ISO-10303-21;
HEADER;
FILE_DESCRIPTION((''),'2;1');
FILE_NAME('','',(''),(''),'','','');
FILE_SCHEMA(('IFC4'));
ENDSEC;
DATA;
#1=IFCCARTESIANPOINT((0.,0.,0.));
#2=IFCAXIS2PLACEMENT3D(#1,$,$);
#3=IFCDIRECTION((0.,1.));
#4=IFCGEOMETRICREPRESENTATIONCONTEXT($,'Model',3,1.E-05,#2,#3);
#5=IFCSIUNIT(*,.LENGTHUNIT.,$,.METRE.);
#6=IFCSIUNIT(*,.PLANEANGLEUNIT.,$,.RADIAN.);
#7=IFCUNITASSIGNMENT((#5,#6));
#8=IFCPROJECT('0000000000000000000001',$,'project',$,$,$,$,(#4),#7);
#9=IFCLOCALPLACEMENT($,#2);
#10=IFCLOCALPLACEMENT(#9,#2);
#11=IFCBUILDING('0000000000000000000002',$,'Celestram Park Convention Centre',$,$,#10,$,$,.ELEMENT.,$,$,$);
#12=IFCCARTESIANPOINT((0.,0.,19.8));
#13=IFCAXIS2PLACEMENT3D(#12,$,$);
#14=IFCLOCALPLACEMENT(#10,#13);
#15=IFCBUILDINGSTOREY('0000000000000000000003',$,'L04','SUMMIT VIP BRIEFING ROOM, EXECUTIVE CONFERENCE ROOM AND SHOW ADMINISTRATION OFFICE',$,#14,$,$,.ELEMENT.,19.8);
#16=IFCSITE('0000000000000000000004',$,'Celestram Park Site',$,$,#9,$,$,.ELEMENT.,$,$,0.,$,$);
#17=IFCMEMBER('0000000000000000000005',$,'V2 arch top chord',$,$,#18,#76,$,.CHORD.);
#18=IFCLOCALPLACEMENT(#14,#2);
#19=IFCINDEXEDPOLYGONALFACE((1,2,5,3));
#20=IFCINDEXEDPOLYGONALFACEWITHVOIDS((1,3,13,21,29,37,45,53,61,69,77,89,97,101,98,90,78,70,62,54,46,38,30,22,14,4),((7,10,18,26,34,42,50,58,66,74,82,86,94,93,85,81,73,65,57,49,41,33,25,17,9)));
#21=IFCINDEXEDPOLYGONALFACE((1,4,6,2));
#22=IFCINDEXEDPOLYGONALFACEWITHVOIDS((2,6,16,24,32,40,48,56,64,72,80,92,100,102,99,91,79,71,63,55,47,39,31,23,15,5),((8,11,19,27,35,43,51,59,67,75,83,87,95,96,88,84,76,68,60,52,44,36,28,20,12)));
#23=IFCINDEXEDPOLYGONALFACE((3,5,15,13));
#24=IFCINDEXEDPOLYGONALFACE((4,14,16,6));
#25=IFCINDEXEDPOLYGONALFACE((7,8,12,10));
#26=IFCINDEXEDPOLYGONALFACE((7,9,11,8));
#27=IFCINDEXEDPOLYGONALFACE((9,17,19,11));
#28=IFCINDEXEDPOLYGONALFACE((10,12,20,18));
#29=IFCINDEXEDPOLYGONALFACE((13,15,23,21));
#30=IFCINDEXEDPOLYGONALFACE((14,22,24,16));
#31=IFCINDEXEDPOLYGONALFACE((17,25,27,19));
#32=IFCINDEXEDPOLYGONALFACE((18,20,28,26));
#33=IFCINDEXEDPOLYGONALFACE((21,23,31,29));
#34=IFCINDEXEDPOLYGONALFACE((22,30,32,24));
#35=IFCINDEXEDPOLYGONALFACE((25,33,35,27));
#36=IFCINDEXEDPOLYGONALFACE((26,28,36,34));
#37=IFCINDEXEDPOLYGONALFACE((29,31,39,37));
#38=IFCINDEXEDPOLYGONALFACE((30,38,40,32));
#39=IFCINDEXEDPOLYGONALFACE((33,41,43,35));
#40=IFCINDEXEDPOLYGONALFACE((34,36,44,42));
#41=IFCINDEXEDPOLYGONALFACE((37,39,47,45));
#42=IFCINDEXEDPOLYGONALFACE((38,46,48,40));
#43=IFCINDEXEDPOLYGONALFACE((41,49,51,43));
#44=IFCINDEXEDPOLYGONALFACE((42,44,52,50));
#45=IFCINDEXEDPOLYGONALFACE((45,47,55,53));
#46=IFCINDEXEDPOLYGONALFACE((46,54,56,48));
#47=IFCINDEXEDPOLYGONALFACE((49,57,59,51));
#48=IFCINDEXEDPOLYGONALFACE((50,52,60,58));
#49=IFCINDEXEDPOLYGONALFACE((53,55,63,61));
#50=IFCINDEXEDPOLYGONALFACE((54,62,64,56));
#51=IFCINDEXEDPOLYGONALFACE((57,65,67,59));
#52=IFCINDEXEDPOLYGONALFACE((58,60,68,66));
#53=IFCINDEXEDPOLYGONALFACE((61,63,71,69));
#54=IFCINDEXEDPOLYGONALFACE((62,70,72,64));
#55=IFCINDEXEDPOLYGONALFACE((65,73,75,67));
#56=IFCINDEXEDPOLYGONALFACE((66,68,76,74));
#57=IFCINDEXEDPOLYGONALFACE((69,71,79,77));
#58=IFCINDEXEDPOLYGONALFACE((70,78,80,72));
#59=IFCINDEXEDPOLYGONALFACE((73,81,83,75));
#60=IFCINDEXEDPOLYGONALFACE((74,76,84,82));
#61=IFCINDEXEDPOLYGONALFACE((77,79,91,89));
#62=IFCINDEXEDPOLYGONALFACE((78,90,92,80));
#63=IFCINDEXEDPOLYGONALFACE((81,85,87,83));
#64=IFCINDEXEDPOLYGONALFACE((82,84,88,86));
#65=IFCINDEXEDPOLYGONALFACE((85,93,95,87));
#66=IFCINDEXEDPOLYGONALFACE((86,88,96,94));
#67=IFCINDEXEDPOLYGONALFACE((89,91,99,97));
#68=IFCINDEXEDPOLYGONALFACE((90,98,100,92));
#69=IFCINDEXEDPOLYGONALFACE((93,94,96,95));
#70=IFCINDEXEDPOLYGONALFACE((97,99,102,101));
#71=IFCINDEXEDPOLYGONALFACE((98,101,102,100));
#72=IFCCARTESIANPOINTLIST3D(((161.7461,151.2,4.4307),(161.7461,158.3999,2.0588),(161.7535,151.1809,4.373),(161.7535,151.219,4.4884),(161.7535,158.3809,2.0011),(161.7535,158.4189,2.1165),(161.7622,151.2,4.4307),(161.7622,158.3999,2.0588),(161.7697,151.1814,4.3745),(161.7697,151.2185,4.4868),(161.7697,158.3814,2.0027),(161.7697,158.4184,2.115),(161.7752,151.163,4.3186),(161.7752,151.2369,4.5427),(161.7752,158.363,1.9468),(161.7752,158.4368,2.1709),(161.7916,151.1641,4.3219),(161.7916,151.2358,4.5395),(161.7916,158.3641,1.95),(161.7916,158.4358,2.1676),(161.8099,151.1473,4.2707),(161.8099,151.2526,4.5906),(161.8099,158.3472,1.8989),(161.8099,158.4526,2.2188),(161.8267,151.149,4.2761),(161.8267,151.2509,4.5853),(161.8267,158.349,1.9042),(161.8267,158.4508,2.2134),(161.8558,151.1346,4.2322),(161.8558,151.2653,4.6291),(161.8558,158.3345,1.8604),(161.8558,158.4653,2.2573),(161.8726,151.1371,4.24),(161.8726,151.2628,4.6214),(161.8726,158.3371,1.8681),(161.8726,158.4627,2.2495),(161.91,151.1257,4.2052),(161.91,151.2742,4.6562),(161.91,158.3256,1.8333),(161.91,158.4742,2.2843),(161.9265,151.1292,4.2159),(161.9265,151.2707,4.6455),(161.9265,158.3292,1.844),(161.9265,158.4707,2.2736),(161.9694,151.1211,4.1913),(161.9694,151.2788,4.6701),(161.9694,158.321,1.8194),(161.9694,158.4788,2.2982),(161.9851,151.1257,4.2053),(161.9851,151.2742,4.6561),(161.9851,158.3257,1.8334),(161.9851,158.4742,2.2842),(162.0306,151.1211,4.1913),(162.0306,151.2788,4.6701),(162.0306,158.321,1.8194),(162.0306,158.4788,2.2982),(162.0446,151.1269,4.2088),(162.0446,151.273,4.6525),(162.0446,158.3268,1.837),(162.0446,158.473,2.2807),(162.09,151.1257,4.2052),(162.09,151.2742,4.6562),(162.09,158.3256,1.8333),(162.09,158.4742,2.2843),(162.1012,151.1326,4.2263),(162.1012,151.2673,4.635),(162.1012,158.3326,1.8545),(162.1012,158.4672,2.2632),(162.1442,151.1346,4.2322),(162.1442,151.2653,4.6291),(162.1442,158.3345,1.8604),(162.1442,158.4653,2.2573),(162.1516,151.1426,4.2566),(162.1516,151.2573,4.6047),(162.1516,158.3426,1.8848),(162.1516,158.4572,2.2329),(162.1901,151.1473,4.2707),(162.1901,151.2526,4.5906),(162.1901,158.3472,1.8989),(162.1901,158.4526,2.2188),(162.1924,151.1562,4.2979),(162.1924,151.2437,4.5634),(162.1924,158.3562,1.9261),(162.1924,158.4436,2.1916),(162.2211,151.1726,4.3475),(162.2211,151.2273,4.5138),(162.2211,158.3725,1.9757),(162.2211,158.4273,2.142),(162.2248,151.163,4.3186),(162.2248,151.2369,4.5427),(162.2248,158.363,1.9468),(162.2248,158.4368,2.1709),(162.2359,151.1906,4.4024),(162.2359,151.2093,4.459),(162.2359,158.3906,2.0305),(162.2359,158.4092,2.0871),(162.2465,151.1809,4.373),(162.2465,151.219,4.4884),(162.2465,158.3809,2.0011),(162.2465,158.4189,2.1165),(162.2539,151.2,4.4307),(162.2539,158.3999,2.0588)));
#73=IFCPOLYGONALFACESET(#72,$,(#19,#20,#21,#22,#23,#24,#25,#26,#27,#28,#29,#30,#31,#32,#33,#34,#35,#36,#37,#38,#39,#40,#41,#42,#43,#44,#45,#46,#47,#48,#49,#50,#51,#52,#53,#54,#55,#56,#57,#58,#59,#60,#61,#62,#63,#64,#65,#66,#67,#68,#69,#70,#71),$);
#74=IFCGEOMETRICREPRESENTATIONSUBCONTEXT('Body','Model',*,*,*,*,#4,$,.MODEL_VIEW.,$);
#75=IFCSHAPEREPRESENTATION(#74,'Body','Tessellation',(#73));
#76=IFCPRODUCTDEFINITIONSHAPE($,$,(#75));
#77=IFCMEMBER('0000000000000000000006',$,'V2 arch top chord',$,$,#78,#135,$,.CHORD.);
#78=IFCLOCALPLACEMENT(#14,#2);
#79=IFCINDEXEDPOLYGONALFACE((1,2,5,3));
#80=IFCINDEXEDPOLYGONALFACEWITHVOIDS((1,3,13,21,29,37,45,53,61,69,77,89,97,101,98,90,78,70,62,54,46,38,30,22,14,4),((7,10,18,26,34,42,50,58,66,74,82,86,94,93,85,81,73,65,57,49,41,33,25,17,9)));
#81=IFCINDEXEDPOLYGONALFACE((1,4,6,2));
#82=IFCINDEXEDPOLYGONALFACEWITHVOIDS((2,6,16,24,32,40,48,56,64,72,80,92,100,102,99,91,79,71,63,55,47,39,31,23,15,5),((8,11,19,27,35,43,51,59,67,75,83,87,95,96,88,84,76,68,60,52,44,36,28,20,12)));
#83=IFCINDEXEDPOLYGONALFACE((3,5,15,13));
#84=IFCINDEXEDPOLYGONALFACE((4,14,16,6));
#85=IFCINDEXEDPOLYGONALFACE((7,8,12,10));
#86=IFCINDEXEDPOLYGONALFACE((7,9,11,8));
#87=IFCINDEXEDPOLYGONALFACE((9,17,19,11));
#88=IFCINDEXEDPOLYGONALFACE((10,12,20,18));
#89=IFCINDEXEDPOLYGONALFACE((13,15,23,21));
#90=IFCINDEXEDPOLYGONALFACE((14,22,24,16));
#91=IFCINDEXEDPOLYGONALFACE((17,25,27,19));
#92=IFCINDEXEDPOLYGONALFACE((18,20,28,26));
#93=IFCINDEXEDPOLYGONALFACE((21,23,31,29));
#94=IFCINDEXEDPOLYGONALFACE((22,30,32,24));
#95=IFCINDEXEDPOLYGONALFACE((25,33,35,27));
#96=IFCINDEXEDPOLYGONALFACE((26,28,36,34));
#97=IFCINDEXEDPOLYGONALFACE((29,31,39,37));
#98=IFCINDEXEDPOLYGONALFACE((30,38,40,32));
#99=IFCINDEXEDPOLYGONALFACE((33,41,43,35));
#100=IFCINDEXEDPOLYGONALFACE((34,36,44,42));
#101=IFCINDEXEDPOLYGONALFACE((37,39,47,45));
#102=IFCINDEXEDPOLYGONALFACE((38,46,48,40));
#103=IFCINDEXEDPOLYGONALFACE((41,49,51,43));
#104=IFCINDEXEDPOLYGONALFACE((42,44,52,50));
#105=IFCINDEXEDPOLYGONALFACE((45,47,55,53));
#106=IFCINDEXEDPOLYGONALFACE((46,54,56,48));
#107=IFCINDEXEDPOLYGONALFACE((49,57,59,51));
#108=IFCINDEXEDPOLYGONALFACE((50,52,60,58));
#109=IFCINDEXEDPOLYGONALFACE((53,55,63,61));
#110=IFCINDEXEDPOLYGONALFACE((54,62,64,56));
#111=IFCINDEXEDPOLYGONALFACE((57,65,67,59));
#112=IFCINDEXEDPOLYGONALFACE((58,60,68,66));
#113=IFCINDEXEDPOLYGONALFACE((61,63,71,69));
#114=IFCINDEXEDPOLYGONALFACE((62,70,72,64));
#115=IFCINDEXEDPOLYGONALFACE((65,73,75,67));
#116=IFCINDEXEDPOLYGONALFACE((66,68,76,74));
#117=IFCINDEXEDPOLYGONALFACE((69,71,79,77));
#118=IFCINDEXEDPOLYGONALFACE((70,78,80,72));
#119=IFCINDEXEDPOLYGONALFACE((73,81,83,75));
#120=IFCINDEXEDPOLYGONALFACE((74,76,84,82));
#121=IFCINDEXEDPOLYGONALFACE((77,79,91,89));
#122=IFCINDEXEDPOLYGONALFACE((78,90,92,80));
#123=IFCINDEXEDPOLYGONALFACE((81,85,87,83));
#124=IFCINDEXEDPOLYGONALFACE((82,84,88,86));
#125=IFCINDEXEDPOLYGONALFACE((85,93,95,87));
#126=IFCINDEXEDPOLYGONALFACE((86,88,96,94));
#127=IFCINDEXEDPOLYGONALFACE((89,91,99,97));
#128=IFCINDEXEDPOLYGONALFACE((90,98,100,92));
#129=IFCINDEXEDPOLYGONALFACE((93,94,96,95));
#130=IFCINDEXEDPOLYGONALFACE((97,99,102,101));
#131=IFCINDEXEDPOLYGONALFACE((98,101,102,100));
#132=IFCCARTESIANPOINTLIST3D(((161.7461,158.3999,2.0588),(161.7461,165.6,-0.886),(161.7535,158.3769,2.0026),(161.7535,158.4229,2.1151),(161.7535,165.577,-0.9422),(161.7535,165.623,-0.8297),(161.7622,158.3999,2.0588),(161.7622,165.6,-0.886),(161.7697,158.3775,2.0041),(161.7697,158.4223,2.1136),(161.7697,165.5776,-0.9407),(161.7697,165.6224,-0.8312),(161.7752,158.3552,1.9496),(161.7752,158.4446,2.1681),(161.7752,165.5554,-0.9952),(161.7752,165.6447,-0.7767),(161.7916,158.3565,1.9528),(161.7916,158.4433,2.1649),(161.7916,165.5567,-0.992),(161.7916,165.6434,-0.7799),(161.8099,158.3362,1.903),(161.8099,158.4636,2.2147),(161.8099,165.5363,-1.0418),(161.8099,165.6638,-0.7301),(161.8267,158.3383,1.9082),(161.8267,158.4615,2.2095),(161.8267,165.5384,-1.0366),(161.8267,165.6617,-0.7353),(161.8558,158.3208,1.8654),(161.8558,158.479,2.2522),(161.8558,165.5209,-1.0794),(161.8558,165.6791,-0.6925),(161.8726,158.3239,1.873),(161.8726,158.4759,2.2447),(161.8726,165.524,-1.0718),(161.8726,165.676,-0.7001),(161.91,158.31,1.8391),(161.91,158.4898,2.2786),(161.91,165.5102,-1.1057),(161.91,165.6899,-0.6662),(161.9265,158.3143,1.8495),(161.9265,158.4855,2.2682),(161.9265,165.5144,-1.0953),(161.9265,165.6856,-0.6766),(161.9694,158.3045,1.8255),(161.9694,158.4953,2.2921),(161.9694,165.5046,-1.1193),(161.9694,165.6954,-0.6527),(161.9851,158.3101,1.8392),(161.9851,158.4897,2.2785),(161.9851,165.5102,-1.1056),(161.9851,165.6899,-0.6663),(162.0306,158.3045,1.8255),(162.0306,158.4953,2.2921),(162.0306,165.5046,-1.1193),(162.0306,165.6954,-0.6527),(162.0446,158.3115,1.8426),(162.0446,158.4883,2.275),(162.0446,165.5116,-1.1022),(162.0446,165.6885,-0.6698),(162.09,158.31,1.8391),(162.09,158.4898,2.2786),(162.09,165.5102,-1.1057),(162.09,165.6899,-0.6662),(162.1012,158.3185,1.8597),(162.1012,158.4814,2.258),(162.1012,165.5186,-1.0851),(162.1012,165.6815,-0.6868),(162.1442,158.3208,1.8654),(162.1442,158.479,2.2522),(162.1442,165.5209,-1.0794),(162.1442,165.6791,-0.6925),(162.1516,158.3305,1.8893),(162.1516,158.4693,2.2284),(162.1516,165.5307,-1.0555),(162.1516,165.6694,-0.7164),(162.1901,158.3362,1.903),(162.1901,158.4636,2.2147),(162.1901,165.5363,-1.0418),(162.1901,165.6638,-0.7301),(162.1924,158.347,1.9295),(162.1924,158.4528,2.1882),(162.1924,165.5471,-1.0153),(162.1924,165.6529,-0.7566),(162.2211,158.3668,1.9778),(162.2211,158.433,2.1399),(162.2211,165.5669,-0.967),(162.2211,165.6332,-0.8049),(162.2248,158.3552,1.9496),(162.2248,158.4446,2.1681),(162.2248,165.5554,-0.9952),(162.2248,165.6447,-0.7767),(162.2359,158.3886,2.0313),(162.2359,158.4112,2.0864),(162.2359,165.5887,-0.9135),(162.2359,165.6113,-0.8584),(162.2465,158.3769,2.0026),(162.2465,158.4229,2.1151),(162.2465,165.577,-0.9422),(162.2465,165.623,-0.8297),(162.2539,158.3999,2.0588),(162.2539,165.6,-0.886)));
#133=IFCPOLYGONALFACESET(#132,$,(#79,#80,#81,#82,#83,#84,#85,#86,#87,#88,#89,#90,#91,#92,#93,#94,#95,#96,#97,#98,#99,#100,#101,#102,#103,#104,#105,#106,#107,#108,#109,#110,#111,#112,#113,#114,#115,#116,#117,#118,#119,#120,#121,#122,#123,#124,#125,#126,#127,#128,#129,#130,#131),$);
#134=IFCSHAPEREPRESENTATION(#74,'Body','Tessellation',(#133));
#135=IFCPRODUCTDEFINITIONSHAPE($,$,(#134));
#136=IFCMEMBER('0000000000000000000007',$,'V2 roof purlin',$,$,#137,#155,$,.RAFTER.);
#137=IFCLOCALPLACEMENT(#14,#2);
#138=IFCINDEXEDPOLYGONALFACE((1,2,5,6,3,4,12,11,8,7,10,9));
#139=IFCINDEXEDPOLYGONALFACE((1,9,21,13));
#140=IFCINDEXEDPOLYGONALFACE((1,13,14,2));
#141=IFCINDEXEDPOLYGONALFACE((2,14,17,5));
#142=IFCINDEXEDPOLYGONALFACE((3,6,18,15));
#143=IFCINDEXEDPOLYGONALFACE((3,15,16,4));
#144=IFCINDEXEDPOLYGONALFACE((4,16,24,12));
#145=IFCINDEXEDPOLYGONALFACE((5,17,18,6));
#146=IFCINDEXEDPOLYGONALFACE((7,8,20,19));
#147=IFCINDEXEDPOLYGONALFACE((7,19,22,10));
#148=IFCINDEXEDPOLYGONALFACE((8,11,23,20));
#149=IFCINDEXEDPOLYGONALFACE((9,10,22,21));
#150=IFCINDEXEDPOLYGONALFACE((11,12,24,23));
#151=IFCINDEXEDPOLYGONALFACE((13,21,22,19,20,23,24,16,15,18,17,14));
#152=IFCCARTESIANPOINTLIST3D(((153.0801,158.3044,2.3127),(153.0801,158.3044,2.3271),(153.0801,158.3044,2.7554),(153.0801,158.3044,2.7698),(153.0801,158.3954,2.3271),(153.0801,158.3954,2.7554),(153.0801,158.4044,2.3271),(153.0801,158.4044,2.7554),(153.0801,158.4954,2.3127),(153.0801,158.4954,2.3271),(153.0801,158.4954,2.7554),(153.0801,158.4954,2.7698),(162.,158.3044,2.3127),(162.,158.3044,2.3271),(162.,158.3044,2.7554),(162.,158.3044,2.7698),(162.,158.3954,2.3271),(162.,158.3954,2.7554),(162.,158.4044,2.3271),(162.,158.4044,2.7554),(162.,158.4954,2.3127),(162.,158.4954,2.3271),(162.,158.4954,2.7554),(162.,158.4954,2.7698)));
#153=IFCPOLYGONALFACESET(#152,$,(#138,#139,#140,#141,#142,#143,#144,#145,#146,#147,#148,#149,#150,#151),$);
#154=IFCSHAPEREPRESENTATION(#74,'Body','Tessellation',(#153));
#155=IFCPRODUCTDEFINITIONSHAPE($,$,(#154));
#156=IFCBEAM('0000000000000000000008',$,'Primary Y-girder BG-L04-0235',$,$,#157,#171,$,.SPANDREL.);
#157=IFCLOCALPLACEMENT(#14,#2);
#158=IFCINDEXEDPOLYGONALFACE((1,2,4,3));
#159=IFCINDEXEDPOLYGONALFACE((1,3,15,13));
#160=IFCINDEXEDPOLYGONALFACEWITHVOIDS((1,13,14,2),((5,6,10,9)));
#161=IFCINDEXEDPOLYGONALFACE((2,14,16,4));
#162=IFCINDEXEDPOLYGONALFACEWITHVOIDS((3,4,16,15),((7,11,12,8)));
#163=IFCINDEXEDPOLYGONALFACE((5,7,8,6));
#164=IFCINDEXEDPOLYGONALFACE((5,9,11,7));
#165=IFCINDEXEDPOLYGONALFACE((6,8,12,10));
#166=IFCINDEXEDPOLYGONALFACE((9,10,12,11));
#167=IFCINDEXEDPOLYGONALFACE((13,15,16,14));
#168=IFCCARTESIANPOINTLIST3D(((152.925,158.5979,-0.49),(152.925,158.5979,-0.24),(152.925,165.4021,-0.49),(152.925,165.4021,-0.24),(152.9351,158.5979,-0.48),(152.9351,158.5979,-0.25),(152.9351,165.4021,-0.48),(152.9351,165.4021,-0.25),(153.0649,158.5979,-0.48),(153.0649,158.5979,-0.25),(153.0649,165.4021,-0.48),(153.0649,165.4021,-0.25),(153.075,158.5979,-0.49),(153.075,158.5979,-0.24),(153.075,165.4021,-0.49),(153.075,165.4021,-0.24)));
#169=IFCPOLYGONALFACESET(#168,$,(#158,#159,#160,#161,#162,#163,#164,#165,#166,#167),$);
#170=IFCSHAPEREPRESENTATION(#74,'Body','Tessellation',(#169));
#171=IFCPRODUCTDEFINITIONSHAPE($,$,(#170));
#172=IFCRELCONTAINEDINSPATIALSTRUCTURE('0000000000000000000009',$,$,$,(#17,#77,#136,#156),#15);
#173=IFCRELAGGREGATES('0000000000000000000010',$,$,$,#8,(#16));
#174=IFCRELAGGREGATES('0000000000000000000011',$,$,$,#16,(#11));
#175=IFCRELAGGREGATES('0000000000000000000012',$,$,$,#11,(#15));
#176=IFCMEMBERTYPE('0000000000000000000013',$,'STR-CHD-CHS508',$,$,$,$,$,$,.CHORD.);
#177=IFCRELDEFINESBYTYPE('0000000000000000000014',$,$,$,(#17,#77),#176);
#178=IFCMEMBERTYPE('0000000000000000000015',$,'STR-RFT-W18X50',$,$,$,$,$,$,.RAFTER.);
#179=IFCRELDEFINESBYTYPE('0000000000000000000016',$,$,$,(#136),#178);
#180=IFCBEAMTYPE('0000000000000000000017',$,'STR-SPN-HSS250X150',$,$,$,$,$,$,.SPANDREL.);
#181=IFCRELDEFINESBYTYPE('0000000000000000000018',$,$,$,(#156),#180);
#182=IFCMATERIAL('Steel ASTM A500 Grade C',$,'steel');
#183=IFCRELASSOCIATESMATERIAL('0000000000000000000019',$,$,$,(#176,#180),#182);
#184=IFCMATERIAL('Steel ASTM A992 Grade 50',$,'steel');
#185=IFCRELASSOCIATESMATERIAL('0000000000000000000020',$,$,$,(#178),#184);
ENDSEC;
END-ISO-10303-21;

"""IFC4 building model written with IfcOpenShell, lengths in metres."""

from ifc_helpers import new_model, si_unit, direction, frame, origin, origin_2d, place, context, subcontext, project, spatial, hollow_rectangle, hollow_circle, i_section, extrude, material, material_profile, profile_set, type_object, element, save


model = new_model("IFC4")

# Units and contexts
model_context = context("Model", 3, precision=1e-05, world=origin(), true_north=direction((0.0, 1.0)))
body_context = subcontext(model_context, "Body", "Model", "MODEL_VIEW")
ifc_project = project(units=[si_unit("LENGTHUNIT", "METRE"), si_unit("PLANEANGLEUNIT", "RADIAN")], contexts=[model_context])

# Site, building, storey
site_placement = place(None, origin())
site = spatial("IfcSite", under=ifc_project, at=site_placement, Name="Celestram Park Site", CompositionType="ELEMENT", RefElevation=0.0)
building_placement = place(site_placement, origin())
building = spatial("IfcBuilding", under=site, at=building_placement, Name="Celestram Park Convention Centre", CompositionType="ELEMENT")
storey_placement = place(building_placement, frame((0.0, 0.0, 19.8)))
storey = spatial("IfcBuildingStorey", under=building, at=storey_placement, Name="L04", Description="SUMMIT VIP BRIEFING ROOM, EXECUTIVE CONFERENCE ROOM AND SHOW ADMINISTRATION OFFICE", CompositionType="ELEMENT", Elevation=19.8)

# Members
ifc_material_1 = material(Name="Steel ASTM A500 Grade C", Category="steel")
ifc_material_profile_1 = material_profile(ifc_material_1, hollow_circle(Radius=0.2539, WallThickness=0.0161, at=origin_2d()), Name="CHS508X16")
ifc_profile_set_1 = profile_set([ifc_material_profile_1], Name="Steel ASTM A500 Grade C")
member_type_1 = type_object("IfcMemberType", Name="STR-CHD-CHS508", PredefinedType="CHORD", material=ifc_profile_set_1)
member_1_placement = place(storey_placement, frame((162.0, 151.2, 4.4307), z_axis=(0.0, 0.949792, -0.312883), x_axis=(-1.0, 0.0, 0.0)))
element("IfcMember", 1, at=member_1_placement, inside=storey, type_object=member_type_1, Name="V2 arch top chord", PredefinedType="CHORD", context=body_context, shape_type="SweptSolid", body=[
    extrude(hollow_circle(Radius=0.2539, WallThickness=0.0161, at=origin_2d()), origin(), (0.0, 0.0, 1.0), 7.5806),
])
member_2_placement = place(storey_placement, frame((162.0, 158.3999, 2.0588), z_axis=(0.0, 0.925579, -0.378555), x_axis=(-1.0, 0.0, 0.0)))
element("IfcMember", 2, at=member_2_placement, inside=storey, type_object=member_type_1, Name="V2 arch top chord", PredefinedType="CHORD", context=body_context, shape_type="SweptSolid", body=[
    extrude(hollow_circle(Radius=0.2539, WallThickness=0.0161, at=origin_2d()), origin(), (0.0, 0.0, 1.0), 7.7791),
])
ifc_material_2 = material(Name="Steel ASTM A992 Grade 50", Category="steel")
ifc_material_profile_2 = material_profile(ifc_material_2, i_section(OverallWidth=0.1909, OverallDepth=0.457, WebThickness=0.009, FlangeThickness=0.0144, at=origin_2d()), Name="W18X50")
ifc_profile_set_2 = profile_set([ifc_material_profile_2], Name="Steel ASTM A992 Grade 50")
member_type_2 = type_object("IfcMemberType", Name="STR-RFT-W18X50", PredefinedType="RAFTER", material=ifc_profile_set_2)
member_3_placement = place(storey_placement, frame((153.0801, 158.3999, 2.5413), z_axis=(1.0, 0.0, 0.0), x_axis=(0.0, 1.0, 0.0)))
element("IfcMember", 3, at=member_3_placement, inside=storey, type_object=member_type_2, Name="V2 roof purlin", PredefinedType="RAFTER", context=body_context, shape_type="SweptSolid", body=[
    extrude(i_section(OverallWidth=0.1909, OverallDepth=0.457, WebThickness=0.009, FlangeThickness=0.0144, at=origin_2d()), origin(), (0.0, 0.0, 1.0), 8.9199),
])

# Beam
ifc_material_profile_3 = material_profile(ifc_material_1, hollow_rectangle(XDim=0.1499, YDim=0.25, WallThickness=0.01, at=origin_2d()), Name="HSS250X150X10")
ifc_profile_set_3 = profile_set([ifc_material_profile_3], Name="Steel ASTM A500 Grade C")
beam_type = type_object("IfcBeamType", Name="STR-SPN-HSS250X150", PredefinedType="SPANDREL", material=ifc_profile_set_3)
beam_placement = place(storey_placement, frame((153.0, 158.5979, -0.365), z_axis=(0.0, 1.0, 0.0), x_axis=(-1.0, 0.0, 0.0)))
element("IfcBeam", 4, at=beam_placement, inside=storey, type_object=beam_type, Name="Primary Y-girder BG-L04-0235", PredefinedType="SPANDREL", context=body_context, shape_type="SweptSolid", body=[
    extrude(hollow_rectangle(XDim=0.1499, YDim=0.25, WallThickness=0.01, at=origin_2d()), origin(), (0.0, 0.0, 1.0), 6.8042),
])

save(model, "model.ifc")
